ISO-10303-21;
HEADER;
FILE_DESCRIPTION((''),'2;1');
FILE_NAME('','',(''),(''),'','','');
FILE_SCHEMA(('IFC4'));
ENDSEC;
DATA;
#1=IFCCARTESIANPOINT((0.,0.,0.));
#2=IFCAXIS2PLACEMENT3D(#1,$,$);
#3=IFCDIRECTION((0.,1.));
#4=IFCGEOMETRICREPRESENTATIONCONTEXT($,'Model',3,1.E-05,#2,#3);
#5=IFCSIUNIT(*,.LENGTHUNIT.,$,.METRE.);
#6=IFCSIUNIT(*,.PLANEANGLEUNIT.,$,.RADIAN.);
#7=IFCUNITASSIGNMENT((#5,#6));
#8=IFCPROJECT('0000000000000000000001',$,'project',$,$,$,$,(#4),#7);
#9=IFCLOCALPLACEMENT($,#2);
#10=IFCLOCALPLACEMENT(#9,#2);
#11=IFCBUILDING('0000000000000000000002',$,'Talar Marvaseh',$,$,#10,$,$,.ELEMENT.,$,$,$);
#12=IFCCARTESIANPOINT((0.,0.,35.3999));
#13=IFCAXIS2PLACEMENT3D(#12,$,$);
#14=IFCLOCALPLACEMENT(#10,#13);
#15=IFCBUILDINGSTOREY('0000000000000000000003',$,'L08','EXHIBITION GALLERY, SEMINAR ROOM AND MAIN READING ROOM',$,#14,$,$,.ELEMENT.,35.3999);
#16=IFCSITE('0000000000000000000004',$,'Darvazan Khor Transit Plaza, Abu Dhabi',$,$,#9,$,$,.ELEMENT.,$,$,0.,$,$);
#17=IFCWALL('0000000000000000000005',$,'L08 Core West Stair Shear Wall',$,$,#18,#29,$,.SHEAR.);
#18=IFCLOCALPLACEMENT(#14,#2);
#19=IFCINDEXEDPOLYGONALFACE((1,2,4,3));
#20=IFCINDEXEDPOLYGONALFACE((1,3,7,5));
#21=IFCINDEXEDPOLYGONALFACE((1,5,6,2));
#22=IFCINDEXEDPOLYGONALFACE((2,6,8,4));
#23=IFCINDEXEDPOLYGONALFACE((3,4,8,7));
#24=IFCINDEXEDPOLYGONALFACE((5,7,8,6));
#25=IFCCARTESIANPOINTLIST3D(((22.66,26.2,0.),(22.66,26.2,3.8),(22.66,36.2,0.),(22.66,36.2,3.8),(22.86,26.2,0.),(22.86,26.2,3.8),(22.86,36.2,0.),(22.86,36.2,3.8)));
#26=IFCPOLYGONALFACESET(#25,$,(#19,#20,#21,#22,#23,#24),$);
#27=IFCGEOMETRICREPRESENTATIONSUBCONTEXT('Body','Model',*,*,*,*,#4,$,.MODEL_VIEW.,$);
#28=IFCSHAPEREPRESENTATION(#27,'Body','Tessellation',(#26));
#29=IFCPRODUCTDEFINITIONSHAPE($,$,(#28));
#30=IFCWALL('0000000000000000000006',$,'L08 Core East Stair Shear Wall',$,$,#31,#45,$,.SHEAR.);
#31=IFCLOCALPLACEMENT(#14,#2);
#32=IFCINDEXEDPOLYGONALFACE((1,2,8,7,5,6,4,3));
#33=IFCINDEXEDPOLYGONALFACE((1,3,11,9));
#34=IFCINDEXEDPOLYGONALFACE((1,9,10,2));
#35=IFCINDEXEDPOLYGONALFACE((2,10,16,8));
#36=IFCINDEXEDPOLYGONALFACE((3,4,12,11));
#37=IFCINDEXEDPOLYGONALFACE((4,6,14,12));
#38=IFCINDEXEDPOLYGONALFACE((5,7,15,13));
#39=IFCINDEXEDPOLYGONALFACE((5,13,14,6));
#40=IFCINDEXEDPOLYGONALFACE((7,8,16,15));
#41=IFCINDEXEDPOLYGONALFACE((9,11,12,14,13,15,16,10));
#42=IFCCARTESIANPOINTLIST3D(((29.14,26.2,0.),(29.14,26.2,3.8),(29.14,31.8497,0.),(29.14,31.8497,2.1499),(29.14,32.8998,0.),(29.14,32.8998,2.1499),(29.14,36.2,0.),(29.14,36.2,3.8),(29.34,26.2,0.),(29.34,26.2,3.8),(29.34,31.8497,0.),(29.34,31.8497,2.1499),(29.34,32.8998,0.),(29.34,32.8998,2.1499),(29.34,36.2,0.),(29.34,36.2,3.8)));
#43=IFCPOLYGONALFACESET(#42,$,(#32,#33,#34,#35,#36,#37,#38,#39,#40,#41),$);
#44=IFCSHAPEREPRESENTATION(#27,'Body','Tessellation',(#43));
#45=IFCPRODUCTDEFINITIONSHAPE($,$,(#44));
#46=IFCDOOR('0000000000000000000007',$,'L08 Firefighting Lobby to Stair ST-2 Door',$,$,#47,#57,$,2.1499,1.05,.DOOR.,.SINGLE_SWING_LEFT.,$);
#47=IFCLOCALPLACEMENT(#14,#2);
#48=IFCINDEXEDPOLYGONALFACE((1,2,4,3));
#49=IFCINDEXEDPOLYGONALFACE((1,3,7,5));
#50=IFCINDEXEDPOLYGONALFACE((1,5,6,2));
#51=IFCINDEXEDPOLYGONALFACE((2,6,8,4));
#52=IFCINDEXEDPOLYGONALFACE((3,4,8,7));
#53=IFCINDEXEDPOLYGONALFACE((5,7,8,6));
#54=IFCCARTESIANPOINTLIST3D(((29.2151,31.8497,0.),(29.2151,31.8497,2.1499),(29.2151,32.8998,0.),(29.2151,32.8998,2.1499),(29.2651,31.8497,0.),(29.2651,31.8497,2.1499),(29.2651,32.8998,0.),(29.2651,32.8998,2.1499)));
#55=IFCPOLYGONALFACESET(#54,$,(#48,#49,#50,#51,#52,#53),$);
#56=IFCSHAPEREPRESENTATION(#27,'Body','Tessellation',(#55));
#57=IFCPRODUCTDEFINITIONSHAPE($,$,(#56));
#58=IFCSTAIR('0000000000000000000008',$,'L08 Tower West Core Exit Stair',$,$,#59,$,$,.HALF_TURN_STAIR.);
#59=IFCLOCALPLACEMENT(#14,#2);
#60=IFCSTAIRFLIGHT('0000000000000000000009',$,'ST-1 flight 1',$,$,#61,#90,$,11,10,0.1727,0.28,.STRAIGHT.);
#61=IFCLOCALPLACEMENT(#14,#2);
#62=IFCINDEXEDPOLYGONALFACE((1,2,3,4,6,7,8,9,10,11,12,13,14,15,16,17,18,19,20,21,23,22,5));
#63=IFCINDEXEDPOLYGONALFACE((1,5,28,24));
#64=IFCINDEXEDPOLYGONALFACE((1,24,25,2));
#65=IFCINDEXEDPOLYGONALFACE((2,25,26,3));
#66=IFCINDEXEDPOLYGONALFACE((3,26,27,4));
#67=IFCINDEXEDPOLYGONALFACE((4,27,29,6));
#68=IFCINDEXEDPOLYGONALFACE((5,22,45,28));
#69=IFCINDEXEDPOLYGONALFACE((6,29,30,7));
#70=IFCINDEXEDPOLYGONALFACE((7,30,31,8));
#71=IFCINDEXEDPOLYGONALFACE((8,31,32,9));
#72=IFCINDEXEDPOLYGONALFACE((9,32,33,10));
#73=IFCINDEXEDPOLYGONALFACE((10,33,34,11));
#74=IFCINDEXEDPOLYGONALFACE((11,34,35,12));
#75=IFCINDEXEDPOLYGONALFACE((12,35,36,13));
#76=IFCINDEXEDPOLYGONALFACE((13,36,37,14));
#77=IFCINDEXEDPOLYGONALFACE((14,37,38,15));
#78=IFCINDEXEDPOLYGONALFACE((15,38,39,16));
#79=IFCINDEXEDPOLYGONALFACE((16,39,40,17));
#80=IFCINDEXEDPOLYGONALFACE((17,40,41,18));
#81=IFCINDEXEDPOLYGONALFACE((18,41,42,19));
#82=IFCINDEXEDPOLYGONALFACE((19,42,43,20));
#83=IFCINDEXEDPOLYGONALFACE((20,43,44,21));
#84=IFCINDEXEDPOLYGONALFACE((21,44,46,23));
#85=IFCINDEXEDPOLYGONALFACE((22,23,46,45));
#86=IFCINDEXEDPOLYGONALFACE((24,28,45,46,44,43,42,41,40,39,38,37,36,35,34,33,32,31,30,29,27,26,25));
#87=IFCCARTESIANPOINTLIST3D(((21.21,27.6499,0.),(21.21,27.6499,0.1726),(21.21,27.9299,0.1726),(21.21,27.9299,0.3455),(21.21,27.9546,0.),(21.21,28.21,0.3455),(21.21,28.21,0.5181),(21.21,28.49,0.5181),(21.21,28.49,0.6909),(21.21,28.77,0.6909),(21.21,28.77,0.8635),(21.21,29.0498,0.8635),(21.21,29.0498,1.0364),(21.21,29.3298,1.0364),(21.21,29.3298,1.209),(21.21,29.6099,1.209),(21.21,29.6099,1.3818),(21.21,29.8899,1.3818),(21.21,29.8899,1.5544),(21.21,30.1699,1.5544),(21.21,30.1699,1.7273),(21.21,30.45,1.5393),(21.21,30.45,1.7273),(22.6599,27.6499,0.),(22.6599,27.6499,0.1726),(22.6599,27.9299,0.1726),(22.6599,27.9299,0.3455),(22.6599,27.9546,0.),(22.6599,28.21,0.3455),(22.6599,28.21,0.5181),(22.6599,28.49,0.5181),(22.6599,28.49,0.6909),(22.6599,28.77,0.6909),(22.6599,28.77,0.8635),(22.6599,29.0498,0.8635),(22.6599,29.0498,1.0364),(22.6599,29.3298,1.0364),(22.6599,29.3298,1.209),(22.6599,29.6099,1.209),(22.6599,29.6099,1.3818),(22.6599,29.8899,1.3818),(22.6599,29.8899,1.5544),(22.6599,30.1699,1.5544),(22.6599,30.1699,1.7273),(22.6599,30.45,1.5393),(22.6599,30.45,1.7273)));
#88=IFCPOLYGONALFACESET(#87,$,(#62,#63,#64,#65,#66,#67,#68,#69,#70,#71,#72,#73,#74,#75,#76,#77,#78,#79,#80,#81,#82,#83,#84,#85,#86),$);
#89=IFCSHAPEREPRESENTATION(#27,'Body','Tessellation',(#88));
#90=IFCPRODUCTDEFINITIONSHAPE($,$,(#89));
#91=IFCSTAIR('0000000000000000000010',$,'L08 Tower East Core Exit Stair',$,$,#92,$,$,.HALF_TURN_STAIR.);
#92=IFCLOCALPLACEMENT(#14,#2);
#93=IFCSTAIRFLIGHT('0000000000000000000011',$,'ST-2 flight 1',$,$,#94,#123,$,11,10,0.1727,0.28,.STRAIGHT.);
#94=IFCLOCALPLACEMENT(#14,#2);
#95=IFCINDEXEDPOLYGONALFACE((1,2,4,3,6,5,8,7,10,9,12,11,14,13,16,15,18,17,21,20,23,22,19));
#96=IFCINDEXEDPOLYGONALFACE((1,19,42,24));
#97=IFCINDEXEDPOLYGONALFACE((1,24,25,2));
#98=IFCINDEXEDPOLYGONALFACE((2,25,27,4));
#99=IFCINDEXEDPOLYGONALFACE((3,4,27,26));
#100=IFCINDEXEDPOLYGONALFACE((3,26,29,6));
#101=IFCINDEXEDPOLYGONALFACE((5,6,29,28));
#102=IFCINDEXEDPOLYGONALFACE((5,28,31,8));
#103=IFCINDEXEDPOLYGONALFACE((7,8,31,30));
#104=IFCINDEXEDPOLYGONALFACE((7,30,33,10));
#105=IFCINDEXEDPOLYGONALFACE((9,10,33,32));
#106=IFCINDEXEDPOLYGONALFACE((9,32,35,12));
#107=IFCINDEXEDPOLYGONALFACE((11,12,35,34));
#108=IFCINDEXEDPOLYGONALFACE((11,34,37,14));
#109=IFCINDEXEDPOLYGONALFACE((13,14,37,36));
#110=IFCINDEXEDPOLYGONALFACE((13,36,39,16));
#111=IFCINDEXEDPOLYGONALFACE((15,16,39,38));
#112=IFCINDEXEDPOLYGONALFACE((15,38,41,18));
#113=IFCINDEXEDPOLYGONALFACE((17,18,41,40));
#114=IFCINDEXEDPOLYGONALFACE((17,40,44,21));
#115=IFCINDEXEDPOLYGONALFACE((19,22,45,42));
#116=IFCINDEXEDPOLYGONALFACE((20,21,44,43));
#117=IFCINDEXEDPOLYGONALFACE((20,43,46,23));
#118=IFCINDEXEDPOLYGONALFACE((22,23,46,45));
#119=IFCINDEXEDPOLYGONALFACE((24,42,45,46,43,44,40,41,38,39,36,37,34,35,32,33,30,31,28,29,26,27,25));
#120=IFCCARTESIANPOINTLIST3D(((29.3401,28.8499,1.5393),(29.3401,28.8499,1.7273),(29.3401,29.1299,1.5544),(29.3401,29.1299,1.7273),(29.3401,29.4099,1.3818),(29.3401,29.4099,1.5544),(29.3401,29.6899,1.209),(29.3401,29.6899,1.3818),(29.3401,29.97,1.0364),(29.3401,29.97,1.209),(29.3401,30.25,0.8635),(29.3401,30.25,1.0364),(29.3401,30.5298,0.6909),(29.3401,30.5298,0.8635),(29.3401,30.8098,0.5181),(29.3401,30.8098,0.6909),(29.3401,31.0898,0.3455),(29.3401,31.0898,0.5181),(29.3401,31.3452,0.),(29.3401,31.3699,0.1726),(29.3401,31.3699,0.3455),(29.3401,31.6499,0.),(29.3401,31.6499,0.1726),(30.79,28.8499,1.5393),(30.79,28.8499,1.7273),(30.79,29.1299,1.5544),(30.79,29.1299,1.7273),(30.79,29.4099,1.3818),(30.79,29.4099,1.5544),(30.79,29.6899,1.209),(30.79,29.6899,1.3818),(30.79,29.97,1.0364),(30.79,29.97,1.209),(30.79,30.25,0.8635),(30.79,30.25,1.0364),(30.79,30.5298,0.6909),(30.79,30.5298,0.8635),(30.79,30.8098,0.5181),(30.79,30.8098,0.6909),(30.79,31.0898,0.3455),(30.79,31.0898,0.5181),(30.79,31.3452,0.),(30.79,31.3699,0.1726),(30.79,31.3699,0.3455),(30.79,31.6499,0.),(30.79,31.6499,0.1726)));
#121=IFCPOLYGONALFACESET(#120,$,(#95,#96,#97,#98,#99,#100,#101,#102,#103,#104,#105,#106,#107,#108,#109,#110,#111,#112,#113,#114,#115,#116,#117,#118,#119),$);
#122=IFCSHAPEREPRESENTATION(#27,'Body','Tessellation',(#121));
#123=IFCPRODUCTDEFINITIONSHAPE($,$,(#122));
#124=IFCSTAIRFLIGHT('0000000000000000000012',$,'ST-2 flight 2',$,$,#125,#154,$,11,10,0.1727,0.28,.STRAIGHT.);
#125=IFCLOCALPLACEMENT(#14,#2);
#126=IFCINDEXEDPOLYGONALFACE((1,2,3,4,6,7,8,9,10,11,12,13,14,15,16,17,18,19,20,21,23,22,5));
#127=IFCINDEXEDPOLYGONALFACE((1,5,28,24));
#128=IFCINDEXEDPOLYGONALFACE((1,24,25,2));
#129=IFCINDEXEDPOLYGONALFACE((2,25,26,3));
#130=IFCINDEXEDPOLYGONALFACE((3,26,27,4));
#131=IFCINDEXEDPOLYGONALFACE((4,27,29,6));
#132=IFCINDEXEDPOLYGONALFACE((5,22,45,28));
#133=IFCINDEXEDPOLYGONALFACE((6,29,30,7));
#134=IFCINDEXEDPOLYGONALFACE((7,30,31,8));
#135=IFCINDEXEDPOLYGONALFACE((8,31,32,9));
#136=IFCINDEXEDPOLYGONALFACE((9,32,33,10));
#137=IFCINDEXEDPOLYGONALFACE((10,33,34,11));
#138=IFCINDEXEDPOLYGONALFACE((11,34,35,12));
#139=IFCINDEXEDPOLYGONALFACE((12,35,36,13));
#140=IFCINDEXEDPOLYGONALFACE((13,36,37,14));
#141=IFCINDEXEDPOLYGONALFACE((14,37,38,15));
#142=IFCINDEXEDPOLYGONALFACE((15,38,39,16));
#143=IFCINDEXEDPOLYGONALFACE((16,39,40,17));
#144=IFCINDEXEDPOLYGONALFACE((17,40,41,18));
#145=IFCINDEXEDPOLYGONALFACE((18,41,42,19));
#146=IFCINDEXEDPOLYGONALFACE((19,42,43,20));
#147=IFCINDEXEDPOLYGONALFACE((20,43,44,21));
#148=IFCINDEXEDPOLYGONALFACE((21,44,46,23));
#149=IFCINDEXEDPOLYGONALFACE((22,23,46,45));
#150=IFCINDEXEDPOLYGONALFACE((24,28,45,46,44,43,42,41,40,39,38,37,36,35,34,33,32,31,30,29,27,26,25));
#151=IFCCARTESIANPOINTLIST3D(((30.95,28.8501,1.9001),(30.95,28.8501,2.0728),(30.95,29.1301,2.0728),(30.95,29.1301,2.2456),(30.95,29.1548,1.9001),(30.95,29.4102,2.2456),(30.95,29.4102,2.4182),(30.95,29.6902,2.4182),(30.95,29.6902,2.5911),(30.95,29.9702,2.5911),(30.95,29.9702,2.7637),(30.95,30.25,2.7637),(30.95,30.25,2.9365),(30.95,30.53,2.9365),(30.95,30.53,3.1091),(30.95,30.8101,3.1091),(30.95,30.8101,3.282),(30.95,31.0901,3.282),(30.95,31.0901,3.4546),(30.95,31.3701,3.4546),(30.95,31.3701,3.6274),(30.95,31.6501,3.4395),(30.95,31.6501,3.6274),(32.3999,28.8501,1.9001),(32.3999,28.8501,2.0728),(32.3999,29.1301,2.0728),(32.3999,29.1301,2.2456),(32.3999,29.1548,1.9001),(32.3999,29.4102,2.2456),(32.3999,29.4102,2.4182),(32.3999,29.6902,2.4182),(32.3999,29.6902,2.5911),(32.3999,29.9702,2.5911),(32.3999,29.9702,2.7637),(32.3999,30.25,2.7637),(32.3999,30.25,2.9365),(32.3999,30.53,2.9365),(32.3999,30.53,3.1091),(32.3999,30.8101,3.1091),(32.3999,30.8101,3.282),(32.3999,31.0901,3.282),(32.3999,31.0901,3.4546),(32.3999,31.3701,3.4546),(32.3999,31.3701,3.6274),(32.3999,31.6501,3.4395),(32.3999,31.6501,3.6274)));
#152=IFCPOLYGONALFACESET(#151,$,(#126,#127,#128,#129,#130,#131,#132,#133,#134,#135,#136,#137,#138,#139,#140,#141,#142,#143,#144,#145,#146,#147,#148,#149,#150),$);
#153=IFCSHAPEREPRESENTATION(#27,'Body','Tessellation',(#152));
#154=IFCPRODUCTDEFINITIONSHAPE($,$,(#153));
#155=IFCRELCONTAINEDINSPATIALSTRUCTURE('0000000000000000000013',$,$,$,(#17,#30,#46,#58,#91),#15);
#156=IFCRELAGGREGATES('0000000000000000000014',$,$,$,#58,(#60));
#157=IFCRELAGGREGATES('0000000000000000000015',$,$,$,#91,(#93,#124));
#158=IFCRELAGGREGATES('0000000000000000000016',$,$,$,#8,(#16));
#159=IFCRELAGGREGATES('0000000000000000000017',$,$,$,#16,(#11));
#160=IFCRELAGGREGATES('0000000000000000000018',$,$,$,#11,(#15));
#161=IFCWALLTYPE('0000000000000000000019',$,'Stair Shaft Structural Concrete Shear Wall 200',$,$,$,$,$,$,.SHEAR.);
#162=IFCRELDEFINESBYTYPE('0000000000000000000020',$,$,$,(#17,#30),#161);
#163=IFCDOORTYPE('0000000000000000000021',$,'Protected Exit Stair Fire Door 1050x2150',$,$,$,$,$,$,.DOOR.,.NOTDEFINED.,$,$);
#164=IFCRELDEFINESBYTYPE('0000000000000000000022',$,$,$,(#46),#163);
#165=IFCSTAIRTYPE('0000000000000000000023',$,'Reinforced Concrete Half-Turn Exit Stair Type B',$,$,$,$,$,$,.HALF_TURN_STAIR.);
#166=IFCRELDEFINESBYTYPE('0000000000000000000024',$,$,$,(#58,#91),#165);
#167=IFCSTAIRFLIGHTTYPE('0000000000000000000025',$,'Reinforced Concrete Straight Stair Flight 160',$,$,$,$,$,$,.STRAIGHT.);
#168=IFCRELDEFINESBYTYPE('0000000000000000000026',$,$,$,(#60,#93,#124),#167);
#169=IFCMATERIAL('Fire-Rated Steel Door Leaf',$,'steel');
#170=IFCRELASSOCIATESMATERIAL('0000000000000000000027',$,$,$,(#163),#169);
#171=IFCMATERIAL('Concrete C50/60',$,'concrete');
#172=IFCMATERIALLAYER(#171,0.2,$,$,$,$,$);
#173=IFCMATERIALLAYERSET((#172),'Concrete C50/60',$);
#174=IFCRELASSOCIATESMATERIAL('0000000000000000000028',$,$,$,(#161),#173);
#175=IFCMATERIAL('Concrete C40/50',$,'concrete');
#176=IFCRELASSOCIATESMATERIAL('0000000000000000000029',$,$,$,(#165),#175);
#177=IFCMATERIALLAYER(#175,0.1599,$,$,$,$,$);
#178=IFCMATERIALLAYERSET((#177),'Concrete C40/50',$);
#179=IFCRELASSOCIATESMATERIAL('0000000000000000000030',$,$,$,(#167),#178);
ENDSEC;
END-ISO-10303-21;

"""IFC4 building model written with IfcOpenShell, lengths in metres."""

from ifc_helpers import new_model, si_unit, direction, frame, frame_2d, origin, place, context, subcontext, project, spatial, polyline, rectangle, outline, extrude, source, transform, mapped, material, layer, layer_set, type_object, type_shapes, element, fill, aggregate, save


model = new_model("IFC4")

# Units and contexts
model_context = context("Model", 3, precision=1e-05, world=origin(), true_north=direction((0.0, 1.0)))
body_context = subcontext(model_context, "Body", "Model", "MODEL_VIEW")
ifc_project = project(units=[si_unit("LENGTHUNIT", "METRE"), si_unit("PLANEANGLEUNIT", "RADIAN")], contexts=[model_context])

# Site, building, storey
site_placement = place(None, origin())
site = spatial("IfcSite", under=ifc_project, at=site_placement, Name="Darvazan Khor Transit Plaza, Abu Dhabi", CompositionType="ELEMENT", RefElevation=0.0)
building_placement = place(site_placement, origin())
building = spatial("IfcBuilding", under=site, at=building_placement, Name="Talar Marvaseh", CompositionType="ELEMENT")
storey_placement = place(building_placement, frame((0.0, 0.0, 35.3999)))
storey = spatial("IfcBuildingStorey", under=building, at=storey_placement, Name="L08", Description="EXHIBITION GALLERY, SEMINAR ROOM AND MAIN READING ROOM", CompositionType="ELEMENT", Elevation=35.3999)

# Shared definitions
ifc_material_1 = material(Name="Concrete C40/50", Category="concrete")

# Shared definitions
ifc_material_2 = material(Name="Fire-Rated Steel Door Leaf", Category="steel")

# Shared definitions
door_type_1 = type_object("IfcDoorType", Name="Protected Exit Stair Fire Door 1050x2150", OperationType="NOTDEFINED", PredefinedType="DOOR", material=ifc_material_2)
shared_shape_1 = source(origin(), body_context, "Body", "SweptSolid", [
    extrude(rectangle(XDim=1.05, YDim=2.1499, at=frame_2d((0.5249, 1.075))), frame((0.0, 0.0249, 0.0), z_axis=(0.0, -1.0, 0.0), x_axis=(1.0, 0.0, 0.0)), (0.0, 0.0, 1.0), 0.05),
])
type_shapes(door_type_1, [shared_shape_1])

# Wall
ifc_material_3 = material(Name="Concrete C50/60", Category="concrete")
ifc_layer_1 = layer(ifc_material_3, 0.2)
ifc_layer_set_1 = layer_set([ifc_layer_1], Name="Concrete C50/60")
wall_type_1 = type_object("IfcWallType", Name="Stair Shaft Structural Concrete Shear Wall 200", PredefinedType="SHEAR", material=ifc_layer_set_1)
wall_1_placement = place(storey_placement, frame((22.76, 26.2, 0.0), z_axis=(0.0, 0.0, 1.0), x_axis=(0.0, 1.0, 0.0)))
element("IfcWall", 1, at=wall_1_placement, inside=storey, type_object=wall_type_1, Name="L08 Core West Stair Shear Wall", PredefinedType="SHEAR", context=body_context, shape_type="SweptSolid", body=[
    extrude(rectangle(XDim=10.0, YDim=0.2, at=frame_2d((5.0, 0.0))), origin(), (0.0, 0.0, 1.0), 3.8),
])

# Wall, opening, door
wall_2_placement = place(storey_placement, frame((29.24, 26.2, 0.0), z_axis=(0.0, 0.0, 1.0), x_axis=(0.0, 1.0, 0.0)))
wall_2 = element("IfcWall", 2, at=wall_2_placement, inside=storey, type_object=wall_type_1, Name="L08 Core East Stair Shear Wall", PredefinedType="SHEAR", context=body_context, shape_type="SweptSolid", body=[
    extrude(rectangle(XDim=10.0, YDim=0.2, at=frame_2d((5.0, 0.0))), origin(), (0.0, 0.0, 1.0), 3.8),
])
opening_1_placement = place(wall_2_placement, frame((5.6499, 0.0, 0.0)))
opening_1 = element("IfcOpeningElement", 3, at=opening_1_placement, cuts=wall_2, PredefinedType="OPENING", context=body_context, shape_type="SweptSolid", body=[
    extrude(rectangle(XDim=1.05, YDim=2.1499, at=frame_2d((0.5249, 1.075))), frame((0.0, 0.1099, 0.0), z_axis=(0.0, -1.0, 0.0), x_axis=(1.0, 0.0, 0.0)), (0.0, 0.0, 1.0), 0.22),
])
door_1_placement = place(opening_1_placement, origin())
door_1 = element("IfcDoor", 4, at=door_1_placement, inside=storey, type_object=door_type_1, Name="L08 Firefighting Lobby to Stair ST-2 Door", OperationType="SINGLE_SWING_LEFT", OverallHeight=2.1499, OverallWidth=1.05, PredefinedType="DOOR", context=body_context, shape_type="MappedRepresentation", body=[
    mapped(shared_shape_1, transform((0.0, 0.0, 0.0), x_axis=(1.0, 0.0, 0.0), y_axis=(0.0, 1.0, 0.0), z_axis=(0.0, 0.0, 1.0), scale=1.0)),
])
fill(opening_1, door_1)

# Stair, stair flight
stair_type = type_object("IfcStairType", Name="Reinforced Concrete Half-Turn Exit Stair Type B", PredefinedType="HALF_TURN_STAIR", material=ifc_material_1)
stair_1_placement = place(storey_placement, origin())
stair_1 = element("IfcStair", 5, at=stair_1_placement, inside=storey, type_object=stair_type, Name="L08 Tower West Core Exit Stair", PredefinedType="HALF_TURN_STAIR")
ifc_layer_2 = layer(ifc_material_1, 0.1599)
ifc_layer_set_2 = layer_set([ifc_layer_2], Name="Concrete C40/50")
stair_flight_type = type_object("IfcStairFlightType", Name="Reinforced Concrete Straight Stair Flight 160", PredefinedType="STRAIGHT", material=ifc_layer_set_2)
stair_flight_1_placement = place(storey_placement, frame((21.9351, 27.6499, 0.0), z_axis=(0.0, 0.0, 1.0), x_axis=(0.0, 1.0, 0.0)))
stair_flight_1 = element("IfcStairFlight", 6, at=stair_flight_1_placement, type_object=stair_flight_type, Name="ST-1 flight 1", NumberOfRisers=11, NumberOfTreads=10, PredefinedType="STRAIGHT", RiserHeight=0.1727, TreadLength=0.28, context=body_context, shape_type="SweptSolid", body=[
    extrude(outline(polyline([(0.0, 0.0), (0.0, 0.1726), (0.28, 0.1726), (0.28, 0.3455), (0.5601, 0.3455), (0.5601, 0.5181), (0.8401, 0.5181), (0.8401, 0.6909), (1.1201, 0.6909), (1.1201, 0.8635), (1.3999, 0.8635), (1.3999, 1.0364), (1.6799, 1.0364), (1.6799, 1.209), (1.96, 1.209), (1.96, 1.3818), (2.24, 1.3818), (2.24, 1.5544), (2.52, 1.5544), (2.52, 1.7273), (2.8, 1.7273), (2.8, 1.8999), (2.8, 1.5393), (0.3047, 0.0), (0.0, 0.0)])), frame((0.0, 0.7251, 0.0), z_axis=(0.0, -1.0, 0.0), x_axis=(1.0, 0.0, 0.0)), (0.0, 0.0, 1.0), 1.45),
])
aggregate(stair_1, [stair_flight_1])

# Stair, stair flights
stair_2_placement = place(storey_placement, origin())
stair_2 = element("IfcStair", 7, at=stair_2_placement, inside=storey, type_object=stair_type, Name="L08 Tower East Core Exit Stair", PredefinedType="HALF_TURN_STAIR")
stair_flight_2_placement = place(storey_placement, frame((30.0649, 31.6499, 0.0), z_axis=(0.0, 0.0, 1.0), x_axis=(0.0, -1.0, 0.0)))
stair_flight_2 = element("IfcStairFlight", 8, at=stair_flight_2_placement, type_object=stair_flight_type, Name="ST-2 flight 1", NumberOfRisers=11, NumberOfTreads=10, PredefinedType="STRAIGHT", RiserHeight=0.1727, TreadLength=0.28, context=body_context, shape_type="SweptSolid", body=[
    extrude(outline(polyline([(0.0, 0.0), (0.0, 0.1726), (0.28, 0.1726), (0.28, 0.3455), (0.5601, 0.3455), (0.5601, 0.5181), (0.8401, 0.5181), (0.8401, 0.6909), (1.1201, 0.6909), (1.1201, 0.8635), (1.3999, 0.8635), (1.3999, 1.0364), (1.6799, 1.0364), (1.6799, 1.209), (1.96, 1.209), (1.96, 1.3818), (2.24, 1.3818), (2.24, 1.5544), (2.52, 1.5544), (2.52, 1.7273), (2.8, 1.7273), (2.8, 1.8999), (2.8, 1.5393), (0.3047, 0.0), (0.0, 0.0)])), frame((0.0, 0.7251, 0.0), z_axis=(0.0, -1.0, 0.0), x_axis=(1.0, 0.0, 0.0)), (0.0, 0.0, 1.0), 1.45),
])
stair_flight_3_placement = place(storey_placement, frame((31.675, 28.8501, 1.9001), z_axis=(0.0, 0.0, 1.0), x_axis=(0.0, 1.0, 0.0)))
stair_flight_3 = element("IfcStairFlight", 9, at=stair_flight_3_placement, type_object=stair_flight_type, Name="ST-2 flight 2", NumberOfRisers=11, NumberOfTreads=10, PredefinedType="STRAIGHT", RiserHeight=0.1727, TreadLength=0.28, context=body_context, shape_type="SweptSolid", body=[
    extrude(outline(polyline([(0.0, 0.0), (0.0, 0.1726), (0.28, 0.1726), (0.28, 0.3455), (0.5601, 0.3455), (0.5601, 0.5181), (0.8401, 0.5181), (0.8401, 0.6909), (1.1201, 0.6909), (1.1201, 0.8635), (1.3999, 0.8635), (1.3999, 1.0364), (1.6799, 1.0364), (1.6799, 1.209), (1.96, 1.209), (1.96, 1.3818), (2.24, 1.3818), (2.24, 1.5544), (2.52, 1.5544), (2.52, 1.7273), (2.8, 1.7273), (2.8, 1.8999), (2.8, 1.5393), (0.3047, 0.0), (0.0, 0.0)])), frame((0.0, 0.7251, 0.0), z_axis=(0.0, -1.0, 0.0), x_axis=(1.0, 0.0, 0.0)), (0.0, 0.0, 1.0), 1.45),
])
aggregate(stair_2, [stair_flight_2, stair_flight_3])

save(model, "model.ifc")
